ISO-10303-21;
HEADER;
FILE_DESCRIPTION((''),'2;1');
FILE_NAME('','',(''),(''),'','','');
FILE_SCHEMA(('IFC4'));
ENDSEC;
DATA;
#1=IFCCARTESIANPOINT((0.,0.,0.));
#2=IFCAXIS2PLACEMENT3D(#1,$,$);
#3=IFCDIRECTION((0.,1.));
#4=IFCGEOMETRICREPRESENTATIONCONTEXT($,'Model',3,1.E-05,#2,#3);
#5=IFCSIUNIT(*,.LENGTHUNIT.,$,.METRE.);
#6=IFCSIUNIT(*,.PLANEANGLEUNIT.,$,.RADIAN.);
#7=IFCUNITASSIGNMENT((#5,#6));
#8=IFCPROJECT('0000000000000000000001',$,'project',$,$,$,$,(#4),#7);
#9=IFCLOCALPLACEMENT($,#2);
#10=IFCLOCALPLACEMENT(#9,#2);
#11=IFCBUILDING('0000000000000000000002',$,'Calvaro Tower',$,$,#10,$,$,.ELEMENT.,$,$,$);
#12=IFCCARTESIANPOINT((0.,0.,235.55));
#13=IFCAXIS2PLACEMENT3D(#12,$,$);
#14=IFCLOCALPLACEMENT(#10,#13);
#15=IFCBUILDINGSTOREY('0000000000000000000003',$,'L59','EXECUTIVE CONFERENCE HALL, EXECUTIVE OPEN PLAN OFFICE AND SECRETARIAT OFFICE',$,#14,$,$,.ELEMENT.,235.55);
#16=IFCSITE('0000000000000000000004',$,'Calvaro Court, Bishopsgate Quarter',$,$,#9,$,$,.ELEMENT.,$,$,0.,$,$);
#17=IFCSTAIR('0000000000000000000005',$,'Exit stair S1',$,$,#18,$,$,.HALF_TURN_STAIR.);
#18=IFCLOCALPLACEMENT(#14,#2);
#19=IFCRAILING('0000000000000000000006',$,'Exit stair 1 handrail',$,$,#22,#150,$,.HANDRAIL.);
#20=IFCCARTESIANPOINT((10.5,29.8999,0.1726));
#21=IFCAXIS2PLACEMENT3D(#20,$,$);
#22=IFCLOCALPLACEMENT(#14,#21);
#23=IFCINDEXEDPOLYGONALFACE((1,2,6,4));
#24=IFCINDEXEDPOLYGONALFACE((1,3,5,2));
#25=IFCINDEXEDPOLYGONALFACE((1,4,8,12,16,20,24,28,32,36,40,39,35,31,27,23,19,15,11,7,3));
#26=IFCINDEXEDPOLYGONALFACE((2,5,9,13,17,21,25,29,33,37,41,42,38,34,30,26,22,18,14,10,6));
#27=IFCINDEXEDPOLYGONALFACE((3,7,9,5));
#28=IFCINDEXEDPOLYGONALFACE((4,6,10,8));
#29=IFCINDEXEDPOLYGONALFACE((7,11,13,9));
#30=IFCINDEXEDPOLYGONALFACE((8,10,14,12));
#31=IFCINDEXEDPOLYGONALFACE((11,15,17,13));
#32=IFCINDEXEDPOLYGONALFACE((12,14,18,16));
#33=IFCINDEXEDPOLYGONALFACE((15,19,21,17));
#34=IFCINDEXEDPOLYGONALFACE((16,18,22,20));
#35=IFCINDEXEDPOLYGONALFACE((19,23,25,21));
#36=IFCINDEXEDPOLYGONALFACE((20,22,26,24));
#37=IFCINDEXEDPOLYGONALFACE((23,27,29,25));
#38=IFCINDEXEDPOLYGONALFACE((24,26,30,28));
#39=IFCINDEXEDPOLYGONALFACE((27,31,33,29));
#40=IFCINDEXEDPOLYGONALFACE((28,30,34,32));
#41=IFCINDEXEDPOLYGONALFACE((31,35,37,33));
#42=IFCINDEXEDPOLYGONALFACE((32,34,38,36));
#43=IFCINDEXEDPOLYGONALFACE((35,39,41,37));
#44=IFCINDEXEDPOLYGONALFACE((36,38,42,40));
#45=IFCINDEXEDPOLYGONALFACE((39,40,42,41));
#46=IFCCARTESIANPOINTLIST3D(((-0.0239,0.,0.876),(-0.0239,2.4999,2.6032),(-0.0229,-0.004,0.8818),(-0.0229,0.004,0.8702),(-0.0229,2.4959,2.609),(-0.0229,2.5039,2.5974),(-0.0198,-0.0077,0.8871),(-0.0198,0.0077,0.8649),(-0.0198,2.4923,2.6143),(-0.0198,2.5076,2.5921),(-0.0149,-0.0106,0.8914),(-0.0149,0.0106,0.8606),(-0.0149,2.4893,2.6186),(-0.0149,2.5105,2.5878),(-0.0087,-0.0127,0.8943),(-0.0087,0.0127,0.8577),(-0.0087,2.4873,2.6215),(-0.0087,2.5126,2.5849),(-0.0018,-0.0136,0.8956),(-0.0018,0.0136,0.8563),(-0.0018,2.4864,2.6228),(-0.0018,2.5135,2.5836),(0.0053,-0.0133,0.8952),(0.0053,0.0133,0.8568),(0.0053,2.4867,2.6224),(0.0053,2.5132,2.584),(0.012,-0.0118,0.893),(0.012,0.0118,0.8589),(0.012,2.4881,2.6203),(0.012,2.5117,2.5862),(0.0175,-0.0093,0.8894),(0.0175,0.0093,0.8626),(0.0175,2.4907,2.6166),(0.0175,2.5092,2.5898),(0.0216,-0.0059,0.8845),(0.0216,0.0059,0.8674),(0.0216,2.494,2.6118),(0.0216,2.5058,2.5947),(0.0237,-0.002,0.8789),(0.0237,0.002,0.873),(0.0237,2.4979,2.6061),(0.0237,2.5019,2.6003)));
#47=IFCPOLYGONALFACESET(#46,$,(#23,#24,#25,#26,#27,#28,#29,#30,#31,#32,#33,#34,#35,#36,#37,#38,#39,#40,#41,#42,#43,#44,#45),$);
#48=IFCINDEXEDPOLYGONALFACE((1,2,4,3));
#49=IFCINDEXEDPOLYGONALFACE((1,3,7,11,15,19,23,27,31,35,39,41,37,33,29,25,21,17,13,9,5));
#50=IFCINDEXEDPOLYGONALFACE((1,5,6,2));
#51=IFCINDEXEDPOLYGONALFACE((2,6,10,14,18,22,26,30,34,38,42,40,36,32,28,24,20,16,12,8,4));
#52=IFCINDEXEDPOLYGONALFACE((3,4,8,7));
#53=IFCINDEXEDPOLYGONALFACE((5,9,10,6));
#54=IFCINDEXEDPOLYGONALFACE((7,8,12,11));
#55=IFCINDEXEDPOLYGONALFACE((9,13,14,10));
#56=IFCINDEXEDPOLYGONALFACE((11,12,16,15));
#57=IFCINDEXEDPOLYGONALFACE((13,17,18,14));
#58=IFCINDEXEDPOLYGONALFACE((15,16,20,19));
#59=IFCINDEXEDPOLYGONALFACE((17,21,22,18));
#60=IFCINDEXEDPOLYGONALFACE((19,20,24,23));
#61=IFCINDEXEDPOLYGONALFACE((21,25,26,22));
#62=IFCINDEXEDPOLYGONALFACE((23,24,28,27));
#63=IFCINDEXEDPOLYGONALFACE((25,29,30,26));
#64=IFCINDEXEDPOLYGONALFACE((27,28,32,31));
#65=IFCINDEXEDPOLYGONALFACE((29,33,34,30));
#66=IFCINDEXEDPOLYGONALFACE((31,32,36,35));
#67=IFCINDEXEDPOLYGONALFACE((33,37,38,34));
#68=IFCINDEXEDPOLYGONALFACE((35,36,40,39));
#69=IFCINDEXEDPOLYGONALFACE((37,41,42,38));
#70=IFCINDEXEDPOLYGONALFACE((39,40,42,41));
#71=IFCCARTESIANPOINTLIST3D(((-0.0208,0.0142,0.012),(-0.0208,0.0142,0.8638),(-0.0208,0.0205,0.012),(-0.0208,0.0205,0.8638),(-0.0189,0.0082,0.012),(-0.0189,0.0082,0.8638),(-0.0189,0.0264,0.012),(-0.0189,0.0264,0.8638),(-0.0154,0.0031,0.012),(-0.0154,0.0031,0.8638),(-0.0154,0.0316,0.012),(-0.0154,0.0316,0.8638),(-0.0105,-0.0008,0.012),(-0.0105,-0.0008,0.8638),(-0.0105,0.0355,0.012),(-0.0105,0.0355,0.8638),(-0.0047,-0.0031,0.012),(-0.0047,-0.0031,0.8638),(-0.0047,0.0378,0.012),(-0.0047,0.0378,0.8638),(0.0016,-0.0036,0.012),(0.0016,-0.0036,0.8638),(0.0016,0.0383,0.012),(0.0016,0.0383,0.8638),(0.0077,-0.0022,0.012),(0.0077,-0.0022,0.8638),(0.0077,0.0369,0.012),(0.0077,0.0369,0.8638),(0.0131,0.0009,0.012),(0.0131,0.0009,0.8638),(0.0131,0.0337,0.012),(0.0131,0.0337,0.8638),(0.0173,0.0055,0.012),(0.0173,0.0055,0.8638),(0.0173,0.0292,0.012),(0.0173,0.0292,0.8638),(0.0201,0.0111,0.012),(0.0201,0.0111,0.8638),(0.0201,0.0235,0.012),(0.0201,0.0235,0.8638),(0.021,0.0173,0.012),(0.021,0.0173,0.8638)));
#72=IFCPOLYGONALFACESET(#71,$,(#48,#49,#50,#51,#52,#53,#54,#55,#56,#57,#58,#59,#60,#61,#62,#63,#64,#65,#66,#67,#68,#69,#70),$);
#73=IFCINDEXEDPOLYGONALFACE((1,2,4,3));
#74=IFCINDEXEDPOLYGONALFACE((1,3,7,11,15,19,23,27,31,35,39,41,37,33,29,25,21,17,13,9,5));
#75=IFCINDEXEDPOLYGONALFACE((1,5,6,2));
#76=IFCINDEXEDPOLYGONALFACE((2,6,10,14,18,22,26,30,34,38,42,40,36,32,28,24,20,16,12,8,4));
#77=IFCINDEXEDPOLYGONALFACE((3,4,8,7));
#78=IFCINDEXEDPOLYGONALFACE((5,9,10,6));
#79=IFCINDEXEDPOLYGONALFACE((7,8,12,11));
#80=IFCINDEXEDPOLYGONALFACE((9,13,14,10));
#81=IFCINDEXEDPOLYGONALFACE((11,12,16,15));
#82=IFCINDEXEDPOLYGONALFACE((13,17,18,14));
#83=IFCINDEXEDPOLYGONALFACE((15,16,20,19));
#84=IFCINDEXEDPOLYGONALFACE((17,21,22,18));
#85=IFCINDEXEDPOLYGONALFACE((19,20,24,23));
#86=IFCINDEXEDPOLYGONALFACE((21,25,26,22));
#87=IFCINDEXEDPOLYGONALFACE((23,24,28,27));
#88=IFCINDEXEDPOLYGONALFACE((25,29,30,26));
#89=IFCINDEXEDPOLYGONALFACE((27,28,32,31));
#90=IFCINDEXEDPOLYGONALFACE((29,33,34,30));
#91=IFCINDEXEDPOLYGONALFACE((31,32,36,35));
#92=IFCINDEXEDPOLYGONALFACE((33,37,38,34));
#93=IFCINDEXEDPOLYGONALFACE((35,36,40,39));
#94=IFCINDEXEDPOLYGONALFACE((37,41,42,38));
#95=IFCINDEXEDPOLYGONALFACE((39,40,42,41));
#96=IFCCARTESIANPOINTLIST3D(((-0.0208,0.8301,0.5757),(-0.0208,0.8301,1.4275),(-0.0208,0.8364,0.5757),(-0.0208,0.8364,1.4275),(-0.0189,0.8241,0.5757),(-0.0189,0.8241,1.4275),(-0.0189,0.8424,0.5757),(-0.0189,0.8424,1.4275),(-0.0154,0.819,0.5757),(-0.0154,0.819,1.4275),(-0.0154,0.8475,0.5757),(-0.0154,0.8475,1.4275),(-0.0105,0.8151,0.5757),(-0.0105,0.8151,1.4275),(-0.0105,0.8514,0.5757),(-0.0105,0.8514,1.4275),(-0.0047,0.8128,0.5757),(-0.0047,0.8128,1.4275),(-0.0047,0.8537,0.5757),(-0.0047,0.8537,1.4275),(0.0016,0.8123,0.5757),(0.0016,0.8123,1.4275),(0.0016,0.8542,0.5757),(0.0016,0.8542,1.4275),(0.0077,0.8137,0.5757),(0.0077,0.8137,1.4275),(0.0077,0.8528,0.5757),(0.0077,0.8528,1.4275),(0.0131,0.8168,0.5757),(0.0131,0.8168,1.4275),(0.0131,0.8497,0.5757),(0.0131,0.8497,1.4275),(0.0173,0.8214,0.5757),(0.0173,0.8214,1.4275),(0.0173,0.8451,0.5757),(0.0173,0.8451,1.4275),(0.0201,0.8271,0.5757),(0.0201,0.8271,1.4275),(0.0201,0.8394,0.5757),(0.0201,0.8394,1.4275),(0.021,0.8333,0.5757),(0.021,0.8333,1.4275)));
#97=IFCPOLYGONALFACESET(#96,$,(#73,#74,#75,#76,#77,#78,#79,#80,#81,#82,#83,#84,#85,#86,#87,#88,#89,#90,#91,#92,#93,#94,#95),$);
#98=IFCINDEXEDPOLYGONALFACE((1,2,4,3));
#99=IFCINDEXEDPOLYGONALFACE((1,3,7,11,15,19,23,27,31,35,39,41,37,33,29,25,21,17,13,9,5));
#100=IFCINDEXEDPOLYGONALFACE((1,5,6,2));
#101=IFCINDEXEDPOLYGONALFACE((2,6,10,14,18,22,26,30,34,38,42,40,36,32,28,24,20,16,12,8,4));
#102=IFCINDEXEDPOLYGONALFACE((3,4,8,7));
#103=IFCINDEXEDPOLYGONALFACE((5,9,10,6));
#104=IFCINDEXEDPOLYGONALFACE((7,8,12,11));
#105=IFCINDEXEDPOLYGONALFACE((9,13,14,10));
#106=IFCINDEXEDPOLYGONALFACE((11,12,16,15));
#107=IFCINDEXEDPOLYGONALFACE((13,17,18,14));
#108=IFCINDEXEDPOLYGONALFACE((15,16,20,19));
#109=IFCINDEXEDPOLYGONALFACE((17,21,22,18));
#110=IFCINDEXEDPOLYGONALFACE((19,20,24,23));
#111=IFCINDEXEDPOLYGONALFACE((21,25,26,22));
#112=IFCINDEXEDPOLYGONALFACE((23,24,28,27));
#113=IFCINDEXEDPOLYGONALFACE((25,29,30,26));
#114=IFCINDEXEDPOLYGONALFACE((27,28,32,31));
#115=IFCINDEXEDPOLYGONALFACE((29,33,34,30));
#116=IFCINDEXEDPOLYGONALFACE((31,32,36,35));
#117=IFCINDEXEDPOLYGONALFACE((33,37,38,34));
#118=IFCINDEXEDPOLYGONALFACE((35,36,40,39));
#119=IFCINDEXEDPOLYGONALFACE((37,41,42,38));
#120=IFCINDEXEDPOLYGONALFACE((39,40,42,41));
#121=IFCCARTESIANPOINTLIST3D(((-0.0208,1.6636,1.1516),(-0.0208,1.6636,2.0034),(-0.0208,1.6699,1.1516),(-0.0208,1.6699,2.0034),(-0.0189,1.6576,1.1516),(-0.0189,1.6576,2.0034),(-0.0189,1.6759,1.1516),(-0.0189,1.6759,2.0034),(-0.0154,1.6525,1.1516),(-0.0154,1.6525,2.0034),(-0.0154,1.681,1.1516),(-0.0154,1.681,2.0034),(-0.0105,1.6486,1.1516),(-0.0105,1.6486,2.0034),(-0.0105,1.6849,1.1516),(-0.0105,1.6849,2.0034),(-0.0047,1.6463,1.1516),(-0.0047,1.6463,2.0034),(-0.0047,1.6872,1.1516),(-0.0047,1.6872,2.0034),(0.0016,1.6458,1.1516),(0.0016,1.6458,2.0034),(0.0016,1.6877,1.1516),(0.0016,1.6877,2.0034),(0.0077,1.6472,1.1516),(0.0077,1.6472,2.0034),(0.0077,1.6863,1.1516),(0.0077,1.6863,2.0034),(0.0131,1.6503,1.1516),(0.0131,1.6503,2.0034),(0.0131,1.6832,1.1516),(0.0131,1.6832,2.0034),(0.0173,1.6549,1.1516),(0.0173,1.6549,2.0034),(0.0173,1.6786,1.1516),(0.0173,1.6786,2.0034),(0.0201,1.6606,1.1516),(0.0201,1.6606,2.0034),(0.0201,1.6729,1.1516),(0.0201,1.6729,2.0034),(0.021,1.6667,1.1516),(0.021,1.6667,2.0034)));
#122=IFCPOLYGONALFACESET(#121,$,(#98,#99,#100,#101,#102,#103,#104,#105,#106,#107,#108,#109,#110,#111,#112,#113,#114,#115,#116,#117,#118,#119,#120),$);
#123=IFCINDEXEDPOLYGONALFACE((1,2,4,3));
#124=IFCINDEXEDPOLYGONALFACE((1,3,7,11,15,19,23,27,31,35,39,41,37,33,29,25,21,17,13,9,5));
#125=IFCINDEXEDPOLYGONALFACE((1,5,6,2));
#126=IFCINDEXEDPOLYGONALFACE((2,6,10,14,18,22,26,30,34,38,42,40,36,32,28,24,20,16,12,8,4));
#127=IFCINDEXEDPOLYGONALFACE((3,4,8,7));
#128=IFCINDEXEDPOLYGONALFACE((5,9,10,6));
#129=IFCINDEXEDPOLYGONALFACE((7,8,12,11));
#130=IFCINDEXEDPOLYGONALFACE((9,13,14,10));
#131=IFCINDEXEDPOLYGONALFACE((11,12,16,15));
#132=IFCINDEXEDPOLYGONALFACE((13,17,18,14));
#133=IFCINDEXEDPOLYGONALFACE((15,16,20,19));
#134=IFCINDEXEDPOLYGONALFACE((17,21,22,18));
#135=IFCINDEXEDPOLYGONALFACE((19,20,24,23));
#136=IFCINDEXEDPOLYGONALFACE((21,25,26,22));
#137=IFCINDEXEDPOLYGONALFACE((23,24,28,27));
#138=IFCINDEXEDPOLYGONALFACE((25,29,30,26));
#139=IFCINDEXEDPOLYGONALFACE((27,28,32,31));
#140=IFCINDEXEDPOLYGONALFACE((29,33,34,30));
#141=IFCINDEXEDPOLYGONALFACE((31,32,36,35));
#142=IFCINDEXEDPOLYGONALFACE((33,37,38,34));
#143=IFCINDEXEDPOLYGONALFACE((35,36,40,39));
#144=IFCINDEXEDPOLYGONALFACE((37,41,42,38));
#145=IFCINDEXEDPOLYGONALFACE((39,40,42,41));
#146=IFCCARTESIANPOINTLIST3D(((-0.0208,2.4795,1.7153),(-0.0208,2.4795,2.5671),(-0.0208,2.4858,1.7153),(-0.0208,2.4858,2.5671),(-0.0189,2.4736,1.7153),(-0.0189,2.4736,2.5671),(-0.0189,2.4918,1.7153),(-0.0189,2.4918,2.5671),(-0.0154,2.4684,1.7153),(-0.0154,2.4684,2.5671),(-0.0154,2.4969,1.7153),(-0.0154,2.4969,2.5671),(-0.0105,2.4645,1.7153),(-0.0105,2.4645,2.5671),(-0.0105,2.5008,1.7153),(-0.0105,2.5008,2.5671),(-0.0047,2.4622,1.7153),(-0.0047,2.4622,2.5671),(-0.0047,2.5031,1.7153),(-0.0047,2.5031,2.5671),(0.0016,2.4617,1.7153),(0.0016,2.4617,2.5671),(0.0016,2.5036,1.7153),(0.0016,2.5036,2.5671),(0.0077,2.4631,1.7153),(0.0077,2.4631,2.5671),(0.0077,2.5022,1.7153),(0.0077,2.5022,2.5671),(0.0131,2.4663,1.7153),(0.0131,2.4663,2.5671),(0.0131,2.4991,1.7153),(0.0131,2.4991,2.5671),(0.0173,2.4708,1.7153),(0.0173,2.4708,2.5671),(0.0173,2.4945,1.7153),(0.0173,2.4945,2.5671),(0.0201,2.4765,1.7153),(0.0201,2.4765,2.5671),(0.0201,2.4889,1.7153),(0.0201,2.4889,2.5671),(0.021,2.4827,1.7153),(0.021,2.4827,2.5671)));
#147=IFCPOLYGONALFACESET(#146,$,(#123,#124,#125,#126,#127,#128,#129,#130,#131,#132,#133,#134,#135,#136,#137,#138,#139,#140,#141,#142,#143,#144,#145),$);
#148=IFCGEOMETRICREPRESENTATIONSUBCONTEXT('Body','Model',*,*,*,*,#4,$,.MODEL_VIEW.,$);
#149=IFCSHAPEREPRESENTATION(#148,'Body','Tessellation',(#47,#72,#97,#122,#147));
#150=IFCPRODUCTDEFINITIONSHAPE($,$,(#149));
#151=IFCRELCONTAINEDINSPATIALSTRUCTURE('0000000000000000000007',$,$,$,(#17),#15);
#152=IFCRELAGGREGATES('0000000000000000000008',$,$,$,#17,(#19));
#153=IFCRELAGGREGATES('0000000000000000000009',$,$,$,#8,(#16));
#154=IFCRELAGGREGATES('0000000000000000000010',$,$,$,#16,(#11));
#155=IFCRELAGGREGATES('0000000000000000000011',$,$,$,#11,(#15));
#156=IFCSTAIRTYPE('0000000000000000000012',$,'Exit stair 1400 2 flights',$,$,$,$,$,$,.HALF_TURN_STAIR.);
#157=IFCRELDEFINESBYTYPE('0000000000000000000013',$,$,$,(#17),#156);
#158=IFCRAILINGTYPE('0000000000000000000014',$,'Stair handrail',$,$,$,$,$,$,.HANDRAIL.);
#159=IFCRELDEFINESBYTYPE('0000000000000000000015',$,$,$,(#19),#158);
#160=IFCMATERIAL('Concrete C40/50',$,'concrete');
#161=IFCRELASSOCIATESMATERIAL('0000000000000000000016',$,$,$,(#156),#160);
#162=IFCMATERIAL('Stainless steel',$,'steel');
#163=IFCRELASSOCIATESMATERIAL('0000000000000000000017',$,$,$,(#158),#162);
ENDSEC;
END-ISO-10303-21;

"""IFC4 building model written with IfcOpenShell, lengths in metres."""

from ifc_helpers import new_model, si_unit, direction, frame, origin, origin_2d, place, context, subcontext, project, spatial, circle, extrude, material, type_object, element, aggregate, save


model = new_model("IFC4")

# Units and contexts
model_context = context("Model", 3, precision=1e-05, world=origin(), true_north=direction((0.0, 1.0)))
body_context = subcontext(model_context, "Body", "Model", "MODEL_VIEW")
ifc_project = project(units=[si_unit("LENGTHUNIT", "METRE"), si_unit("PLANEANGLEUNIT", "RADIAN")], contexts=[model_context])

# Site, building, storey
site_placement = place(None, origin())
site = spatial("IfcSite", under=ifc_project, at=site_placement, Name="Calvaro Court, Bishopsgate Quarter", CompositionType="ELEMENT", RefElevation=0.0)
building_placement = place(site_placement, origin())
building = spatial("IfcBuilding", under=site, at=building_placement, Name="Calvaro Tower", CompositionType="ELEMENT")
storey_placement = place(building_placement, frame((0.0, 0.0, 235.55)))
storey = spatial("IfcBuildingStorey", under=building, at=storey_placement, Name="L59", Description="EXECUTIVE CONFERENCE HALL, EXECUTIVE OPEN PLAN OFFICE AND SECRETARIAT OFFICE", CompositionType="ELEMENT", Elevation=235.55)

# Stair, railing
ifc_material_1 = material(Name="Concrete C40/50", Category="concrete")
stair_type = type_object("IfcStairType", Name="Exit stair 1400 2 flights", PredefinedType="HALF_TURN_STAIR", material=ifc_material_1)
stair_placement = place(storey_placement, origin())
stair = element("IfcStair", 1, at=stair_placement, inside=storey, type_object=stair_type, Name="Exit stair S1", PredefinedType="HALF_TURN_STAIR")
ifc_material_2 = material(Name="Stainless steel", Category="steel")
railing_type = type_object("IfcRailingType", Name="Stair handrail", PredefinedType="HANDRAIL", material=ifc_material_2)
railing_1_placement = place(storey_placement, frame((10.5, 29.8999, 0.1726)))
railing_1 = element("IfcRailing", 2, at=railing_1_placement, type_object=railing_type, Name="Exit stair 1 handrail", PredefinedType="HANDRAIL", context=body_context, shape_type="SweptSolid", body=[
    extrude(circle(Radius=0.0239, at=origin_2d()), frame((0.0, 0.0, 0.876), z_axis=(0.0, 0.822727, 0.568437), x_axis=(-1.0, 0.0, 0.0)), (0.0, 0.0, 1.0), 3.0386),
    extrude(circle(Radius=0.021, at=origin_2d()), frame((0.0, 0.0173, 0.012)), (0.0, 0.0, 1.0), 0.8518),
    extrude(circle(Radius=0.021, at=origin_2d()), frame((0.0, 0.8333, 0.5757)), (0.0, 0.0, 1.0), 0.8518),
    extrude(circle(Radius=0.021, at=origin_2d()), frame((0.0, 1.6667, 1.1516)), (0.0, 0.0, 1.0), 0.8518),
    extrude(circle(Radius=0.021, at=origin_2d()), frame((0.0, 2.4827, 1.7153)), (0.0, 0.0, 1.0), 0.8518),
])
aggregate(stair, [railing_1])

save(model, "model.ifc")
